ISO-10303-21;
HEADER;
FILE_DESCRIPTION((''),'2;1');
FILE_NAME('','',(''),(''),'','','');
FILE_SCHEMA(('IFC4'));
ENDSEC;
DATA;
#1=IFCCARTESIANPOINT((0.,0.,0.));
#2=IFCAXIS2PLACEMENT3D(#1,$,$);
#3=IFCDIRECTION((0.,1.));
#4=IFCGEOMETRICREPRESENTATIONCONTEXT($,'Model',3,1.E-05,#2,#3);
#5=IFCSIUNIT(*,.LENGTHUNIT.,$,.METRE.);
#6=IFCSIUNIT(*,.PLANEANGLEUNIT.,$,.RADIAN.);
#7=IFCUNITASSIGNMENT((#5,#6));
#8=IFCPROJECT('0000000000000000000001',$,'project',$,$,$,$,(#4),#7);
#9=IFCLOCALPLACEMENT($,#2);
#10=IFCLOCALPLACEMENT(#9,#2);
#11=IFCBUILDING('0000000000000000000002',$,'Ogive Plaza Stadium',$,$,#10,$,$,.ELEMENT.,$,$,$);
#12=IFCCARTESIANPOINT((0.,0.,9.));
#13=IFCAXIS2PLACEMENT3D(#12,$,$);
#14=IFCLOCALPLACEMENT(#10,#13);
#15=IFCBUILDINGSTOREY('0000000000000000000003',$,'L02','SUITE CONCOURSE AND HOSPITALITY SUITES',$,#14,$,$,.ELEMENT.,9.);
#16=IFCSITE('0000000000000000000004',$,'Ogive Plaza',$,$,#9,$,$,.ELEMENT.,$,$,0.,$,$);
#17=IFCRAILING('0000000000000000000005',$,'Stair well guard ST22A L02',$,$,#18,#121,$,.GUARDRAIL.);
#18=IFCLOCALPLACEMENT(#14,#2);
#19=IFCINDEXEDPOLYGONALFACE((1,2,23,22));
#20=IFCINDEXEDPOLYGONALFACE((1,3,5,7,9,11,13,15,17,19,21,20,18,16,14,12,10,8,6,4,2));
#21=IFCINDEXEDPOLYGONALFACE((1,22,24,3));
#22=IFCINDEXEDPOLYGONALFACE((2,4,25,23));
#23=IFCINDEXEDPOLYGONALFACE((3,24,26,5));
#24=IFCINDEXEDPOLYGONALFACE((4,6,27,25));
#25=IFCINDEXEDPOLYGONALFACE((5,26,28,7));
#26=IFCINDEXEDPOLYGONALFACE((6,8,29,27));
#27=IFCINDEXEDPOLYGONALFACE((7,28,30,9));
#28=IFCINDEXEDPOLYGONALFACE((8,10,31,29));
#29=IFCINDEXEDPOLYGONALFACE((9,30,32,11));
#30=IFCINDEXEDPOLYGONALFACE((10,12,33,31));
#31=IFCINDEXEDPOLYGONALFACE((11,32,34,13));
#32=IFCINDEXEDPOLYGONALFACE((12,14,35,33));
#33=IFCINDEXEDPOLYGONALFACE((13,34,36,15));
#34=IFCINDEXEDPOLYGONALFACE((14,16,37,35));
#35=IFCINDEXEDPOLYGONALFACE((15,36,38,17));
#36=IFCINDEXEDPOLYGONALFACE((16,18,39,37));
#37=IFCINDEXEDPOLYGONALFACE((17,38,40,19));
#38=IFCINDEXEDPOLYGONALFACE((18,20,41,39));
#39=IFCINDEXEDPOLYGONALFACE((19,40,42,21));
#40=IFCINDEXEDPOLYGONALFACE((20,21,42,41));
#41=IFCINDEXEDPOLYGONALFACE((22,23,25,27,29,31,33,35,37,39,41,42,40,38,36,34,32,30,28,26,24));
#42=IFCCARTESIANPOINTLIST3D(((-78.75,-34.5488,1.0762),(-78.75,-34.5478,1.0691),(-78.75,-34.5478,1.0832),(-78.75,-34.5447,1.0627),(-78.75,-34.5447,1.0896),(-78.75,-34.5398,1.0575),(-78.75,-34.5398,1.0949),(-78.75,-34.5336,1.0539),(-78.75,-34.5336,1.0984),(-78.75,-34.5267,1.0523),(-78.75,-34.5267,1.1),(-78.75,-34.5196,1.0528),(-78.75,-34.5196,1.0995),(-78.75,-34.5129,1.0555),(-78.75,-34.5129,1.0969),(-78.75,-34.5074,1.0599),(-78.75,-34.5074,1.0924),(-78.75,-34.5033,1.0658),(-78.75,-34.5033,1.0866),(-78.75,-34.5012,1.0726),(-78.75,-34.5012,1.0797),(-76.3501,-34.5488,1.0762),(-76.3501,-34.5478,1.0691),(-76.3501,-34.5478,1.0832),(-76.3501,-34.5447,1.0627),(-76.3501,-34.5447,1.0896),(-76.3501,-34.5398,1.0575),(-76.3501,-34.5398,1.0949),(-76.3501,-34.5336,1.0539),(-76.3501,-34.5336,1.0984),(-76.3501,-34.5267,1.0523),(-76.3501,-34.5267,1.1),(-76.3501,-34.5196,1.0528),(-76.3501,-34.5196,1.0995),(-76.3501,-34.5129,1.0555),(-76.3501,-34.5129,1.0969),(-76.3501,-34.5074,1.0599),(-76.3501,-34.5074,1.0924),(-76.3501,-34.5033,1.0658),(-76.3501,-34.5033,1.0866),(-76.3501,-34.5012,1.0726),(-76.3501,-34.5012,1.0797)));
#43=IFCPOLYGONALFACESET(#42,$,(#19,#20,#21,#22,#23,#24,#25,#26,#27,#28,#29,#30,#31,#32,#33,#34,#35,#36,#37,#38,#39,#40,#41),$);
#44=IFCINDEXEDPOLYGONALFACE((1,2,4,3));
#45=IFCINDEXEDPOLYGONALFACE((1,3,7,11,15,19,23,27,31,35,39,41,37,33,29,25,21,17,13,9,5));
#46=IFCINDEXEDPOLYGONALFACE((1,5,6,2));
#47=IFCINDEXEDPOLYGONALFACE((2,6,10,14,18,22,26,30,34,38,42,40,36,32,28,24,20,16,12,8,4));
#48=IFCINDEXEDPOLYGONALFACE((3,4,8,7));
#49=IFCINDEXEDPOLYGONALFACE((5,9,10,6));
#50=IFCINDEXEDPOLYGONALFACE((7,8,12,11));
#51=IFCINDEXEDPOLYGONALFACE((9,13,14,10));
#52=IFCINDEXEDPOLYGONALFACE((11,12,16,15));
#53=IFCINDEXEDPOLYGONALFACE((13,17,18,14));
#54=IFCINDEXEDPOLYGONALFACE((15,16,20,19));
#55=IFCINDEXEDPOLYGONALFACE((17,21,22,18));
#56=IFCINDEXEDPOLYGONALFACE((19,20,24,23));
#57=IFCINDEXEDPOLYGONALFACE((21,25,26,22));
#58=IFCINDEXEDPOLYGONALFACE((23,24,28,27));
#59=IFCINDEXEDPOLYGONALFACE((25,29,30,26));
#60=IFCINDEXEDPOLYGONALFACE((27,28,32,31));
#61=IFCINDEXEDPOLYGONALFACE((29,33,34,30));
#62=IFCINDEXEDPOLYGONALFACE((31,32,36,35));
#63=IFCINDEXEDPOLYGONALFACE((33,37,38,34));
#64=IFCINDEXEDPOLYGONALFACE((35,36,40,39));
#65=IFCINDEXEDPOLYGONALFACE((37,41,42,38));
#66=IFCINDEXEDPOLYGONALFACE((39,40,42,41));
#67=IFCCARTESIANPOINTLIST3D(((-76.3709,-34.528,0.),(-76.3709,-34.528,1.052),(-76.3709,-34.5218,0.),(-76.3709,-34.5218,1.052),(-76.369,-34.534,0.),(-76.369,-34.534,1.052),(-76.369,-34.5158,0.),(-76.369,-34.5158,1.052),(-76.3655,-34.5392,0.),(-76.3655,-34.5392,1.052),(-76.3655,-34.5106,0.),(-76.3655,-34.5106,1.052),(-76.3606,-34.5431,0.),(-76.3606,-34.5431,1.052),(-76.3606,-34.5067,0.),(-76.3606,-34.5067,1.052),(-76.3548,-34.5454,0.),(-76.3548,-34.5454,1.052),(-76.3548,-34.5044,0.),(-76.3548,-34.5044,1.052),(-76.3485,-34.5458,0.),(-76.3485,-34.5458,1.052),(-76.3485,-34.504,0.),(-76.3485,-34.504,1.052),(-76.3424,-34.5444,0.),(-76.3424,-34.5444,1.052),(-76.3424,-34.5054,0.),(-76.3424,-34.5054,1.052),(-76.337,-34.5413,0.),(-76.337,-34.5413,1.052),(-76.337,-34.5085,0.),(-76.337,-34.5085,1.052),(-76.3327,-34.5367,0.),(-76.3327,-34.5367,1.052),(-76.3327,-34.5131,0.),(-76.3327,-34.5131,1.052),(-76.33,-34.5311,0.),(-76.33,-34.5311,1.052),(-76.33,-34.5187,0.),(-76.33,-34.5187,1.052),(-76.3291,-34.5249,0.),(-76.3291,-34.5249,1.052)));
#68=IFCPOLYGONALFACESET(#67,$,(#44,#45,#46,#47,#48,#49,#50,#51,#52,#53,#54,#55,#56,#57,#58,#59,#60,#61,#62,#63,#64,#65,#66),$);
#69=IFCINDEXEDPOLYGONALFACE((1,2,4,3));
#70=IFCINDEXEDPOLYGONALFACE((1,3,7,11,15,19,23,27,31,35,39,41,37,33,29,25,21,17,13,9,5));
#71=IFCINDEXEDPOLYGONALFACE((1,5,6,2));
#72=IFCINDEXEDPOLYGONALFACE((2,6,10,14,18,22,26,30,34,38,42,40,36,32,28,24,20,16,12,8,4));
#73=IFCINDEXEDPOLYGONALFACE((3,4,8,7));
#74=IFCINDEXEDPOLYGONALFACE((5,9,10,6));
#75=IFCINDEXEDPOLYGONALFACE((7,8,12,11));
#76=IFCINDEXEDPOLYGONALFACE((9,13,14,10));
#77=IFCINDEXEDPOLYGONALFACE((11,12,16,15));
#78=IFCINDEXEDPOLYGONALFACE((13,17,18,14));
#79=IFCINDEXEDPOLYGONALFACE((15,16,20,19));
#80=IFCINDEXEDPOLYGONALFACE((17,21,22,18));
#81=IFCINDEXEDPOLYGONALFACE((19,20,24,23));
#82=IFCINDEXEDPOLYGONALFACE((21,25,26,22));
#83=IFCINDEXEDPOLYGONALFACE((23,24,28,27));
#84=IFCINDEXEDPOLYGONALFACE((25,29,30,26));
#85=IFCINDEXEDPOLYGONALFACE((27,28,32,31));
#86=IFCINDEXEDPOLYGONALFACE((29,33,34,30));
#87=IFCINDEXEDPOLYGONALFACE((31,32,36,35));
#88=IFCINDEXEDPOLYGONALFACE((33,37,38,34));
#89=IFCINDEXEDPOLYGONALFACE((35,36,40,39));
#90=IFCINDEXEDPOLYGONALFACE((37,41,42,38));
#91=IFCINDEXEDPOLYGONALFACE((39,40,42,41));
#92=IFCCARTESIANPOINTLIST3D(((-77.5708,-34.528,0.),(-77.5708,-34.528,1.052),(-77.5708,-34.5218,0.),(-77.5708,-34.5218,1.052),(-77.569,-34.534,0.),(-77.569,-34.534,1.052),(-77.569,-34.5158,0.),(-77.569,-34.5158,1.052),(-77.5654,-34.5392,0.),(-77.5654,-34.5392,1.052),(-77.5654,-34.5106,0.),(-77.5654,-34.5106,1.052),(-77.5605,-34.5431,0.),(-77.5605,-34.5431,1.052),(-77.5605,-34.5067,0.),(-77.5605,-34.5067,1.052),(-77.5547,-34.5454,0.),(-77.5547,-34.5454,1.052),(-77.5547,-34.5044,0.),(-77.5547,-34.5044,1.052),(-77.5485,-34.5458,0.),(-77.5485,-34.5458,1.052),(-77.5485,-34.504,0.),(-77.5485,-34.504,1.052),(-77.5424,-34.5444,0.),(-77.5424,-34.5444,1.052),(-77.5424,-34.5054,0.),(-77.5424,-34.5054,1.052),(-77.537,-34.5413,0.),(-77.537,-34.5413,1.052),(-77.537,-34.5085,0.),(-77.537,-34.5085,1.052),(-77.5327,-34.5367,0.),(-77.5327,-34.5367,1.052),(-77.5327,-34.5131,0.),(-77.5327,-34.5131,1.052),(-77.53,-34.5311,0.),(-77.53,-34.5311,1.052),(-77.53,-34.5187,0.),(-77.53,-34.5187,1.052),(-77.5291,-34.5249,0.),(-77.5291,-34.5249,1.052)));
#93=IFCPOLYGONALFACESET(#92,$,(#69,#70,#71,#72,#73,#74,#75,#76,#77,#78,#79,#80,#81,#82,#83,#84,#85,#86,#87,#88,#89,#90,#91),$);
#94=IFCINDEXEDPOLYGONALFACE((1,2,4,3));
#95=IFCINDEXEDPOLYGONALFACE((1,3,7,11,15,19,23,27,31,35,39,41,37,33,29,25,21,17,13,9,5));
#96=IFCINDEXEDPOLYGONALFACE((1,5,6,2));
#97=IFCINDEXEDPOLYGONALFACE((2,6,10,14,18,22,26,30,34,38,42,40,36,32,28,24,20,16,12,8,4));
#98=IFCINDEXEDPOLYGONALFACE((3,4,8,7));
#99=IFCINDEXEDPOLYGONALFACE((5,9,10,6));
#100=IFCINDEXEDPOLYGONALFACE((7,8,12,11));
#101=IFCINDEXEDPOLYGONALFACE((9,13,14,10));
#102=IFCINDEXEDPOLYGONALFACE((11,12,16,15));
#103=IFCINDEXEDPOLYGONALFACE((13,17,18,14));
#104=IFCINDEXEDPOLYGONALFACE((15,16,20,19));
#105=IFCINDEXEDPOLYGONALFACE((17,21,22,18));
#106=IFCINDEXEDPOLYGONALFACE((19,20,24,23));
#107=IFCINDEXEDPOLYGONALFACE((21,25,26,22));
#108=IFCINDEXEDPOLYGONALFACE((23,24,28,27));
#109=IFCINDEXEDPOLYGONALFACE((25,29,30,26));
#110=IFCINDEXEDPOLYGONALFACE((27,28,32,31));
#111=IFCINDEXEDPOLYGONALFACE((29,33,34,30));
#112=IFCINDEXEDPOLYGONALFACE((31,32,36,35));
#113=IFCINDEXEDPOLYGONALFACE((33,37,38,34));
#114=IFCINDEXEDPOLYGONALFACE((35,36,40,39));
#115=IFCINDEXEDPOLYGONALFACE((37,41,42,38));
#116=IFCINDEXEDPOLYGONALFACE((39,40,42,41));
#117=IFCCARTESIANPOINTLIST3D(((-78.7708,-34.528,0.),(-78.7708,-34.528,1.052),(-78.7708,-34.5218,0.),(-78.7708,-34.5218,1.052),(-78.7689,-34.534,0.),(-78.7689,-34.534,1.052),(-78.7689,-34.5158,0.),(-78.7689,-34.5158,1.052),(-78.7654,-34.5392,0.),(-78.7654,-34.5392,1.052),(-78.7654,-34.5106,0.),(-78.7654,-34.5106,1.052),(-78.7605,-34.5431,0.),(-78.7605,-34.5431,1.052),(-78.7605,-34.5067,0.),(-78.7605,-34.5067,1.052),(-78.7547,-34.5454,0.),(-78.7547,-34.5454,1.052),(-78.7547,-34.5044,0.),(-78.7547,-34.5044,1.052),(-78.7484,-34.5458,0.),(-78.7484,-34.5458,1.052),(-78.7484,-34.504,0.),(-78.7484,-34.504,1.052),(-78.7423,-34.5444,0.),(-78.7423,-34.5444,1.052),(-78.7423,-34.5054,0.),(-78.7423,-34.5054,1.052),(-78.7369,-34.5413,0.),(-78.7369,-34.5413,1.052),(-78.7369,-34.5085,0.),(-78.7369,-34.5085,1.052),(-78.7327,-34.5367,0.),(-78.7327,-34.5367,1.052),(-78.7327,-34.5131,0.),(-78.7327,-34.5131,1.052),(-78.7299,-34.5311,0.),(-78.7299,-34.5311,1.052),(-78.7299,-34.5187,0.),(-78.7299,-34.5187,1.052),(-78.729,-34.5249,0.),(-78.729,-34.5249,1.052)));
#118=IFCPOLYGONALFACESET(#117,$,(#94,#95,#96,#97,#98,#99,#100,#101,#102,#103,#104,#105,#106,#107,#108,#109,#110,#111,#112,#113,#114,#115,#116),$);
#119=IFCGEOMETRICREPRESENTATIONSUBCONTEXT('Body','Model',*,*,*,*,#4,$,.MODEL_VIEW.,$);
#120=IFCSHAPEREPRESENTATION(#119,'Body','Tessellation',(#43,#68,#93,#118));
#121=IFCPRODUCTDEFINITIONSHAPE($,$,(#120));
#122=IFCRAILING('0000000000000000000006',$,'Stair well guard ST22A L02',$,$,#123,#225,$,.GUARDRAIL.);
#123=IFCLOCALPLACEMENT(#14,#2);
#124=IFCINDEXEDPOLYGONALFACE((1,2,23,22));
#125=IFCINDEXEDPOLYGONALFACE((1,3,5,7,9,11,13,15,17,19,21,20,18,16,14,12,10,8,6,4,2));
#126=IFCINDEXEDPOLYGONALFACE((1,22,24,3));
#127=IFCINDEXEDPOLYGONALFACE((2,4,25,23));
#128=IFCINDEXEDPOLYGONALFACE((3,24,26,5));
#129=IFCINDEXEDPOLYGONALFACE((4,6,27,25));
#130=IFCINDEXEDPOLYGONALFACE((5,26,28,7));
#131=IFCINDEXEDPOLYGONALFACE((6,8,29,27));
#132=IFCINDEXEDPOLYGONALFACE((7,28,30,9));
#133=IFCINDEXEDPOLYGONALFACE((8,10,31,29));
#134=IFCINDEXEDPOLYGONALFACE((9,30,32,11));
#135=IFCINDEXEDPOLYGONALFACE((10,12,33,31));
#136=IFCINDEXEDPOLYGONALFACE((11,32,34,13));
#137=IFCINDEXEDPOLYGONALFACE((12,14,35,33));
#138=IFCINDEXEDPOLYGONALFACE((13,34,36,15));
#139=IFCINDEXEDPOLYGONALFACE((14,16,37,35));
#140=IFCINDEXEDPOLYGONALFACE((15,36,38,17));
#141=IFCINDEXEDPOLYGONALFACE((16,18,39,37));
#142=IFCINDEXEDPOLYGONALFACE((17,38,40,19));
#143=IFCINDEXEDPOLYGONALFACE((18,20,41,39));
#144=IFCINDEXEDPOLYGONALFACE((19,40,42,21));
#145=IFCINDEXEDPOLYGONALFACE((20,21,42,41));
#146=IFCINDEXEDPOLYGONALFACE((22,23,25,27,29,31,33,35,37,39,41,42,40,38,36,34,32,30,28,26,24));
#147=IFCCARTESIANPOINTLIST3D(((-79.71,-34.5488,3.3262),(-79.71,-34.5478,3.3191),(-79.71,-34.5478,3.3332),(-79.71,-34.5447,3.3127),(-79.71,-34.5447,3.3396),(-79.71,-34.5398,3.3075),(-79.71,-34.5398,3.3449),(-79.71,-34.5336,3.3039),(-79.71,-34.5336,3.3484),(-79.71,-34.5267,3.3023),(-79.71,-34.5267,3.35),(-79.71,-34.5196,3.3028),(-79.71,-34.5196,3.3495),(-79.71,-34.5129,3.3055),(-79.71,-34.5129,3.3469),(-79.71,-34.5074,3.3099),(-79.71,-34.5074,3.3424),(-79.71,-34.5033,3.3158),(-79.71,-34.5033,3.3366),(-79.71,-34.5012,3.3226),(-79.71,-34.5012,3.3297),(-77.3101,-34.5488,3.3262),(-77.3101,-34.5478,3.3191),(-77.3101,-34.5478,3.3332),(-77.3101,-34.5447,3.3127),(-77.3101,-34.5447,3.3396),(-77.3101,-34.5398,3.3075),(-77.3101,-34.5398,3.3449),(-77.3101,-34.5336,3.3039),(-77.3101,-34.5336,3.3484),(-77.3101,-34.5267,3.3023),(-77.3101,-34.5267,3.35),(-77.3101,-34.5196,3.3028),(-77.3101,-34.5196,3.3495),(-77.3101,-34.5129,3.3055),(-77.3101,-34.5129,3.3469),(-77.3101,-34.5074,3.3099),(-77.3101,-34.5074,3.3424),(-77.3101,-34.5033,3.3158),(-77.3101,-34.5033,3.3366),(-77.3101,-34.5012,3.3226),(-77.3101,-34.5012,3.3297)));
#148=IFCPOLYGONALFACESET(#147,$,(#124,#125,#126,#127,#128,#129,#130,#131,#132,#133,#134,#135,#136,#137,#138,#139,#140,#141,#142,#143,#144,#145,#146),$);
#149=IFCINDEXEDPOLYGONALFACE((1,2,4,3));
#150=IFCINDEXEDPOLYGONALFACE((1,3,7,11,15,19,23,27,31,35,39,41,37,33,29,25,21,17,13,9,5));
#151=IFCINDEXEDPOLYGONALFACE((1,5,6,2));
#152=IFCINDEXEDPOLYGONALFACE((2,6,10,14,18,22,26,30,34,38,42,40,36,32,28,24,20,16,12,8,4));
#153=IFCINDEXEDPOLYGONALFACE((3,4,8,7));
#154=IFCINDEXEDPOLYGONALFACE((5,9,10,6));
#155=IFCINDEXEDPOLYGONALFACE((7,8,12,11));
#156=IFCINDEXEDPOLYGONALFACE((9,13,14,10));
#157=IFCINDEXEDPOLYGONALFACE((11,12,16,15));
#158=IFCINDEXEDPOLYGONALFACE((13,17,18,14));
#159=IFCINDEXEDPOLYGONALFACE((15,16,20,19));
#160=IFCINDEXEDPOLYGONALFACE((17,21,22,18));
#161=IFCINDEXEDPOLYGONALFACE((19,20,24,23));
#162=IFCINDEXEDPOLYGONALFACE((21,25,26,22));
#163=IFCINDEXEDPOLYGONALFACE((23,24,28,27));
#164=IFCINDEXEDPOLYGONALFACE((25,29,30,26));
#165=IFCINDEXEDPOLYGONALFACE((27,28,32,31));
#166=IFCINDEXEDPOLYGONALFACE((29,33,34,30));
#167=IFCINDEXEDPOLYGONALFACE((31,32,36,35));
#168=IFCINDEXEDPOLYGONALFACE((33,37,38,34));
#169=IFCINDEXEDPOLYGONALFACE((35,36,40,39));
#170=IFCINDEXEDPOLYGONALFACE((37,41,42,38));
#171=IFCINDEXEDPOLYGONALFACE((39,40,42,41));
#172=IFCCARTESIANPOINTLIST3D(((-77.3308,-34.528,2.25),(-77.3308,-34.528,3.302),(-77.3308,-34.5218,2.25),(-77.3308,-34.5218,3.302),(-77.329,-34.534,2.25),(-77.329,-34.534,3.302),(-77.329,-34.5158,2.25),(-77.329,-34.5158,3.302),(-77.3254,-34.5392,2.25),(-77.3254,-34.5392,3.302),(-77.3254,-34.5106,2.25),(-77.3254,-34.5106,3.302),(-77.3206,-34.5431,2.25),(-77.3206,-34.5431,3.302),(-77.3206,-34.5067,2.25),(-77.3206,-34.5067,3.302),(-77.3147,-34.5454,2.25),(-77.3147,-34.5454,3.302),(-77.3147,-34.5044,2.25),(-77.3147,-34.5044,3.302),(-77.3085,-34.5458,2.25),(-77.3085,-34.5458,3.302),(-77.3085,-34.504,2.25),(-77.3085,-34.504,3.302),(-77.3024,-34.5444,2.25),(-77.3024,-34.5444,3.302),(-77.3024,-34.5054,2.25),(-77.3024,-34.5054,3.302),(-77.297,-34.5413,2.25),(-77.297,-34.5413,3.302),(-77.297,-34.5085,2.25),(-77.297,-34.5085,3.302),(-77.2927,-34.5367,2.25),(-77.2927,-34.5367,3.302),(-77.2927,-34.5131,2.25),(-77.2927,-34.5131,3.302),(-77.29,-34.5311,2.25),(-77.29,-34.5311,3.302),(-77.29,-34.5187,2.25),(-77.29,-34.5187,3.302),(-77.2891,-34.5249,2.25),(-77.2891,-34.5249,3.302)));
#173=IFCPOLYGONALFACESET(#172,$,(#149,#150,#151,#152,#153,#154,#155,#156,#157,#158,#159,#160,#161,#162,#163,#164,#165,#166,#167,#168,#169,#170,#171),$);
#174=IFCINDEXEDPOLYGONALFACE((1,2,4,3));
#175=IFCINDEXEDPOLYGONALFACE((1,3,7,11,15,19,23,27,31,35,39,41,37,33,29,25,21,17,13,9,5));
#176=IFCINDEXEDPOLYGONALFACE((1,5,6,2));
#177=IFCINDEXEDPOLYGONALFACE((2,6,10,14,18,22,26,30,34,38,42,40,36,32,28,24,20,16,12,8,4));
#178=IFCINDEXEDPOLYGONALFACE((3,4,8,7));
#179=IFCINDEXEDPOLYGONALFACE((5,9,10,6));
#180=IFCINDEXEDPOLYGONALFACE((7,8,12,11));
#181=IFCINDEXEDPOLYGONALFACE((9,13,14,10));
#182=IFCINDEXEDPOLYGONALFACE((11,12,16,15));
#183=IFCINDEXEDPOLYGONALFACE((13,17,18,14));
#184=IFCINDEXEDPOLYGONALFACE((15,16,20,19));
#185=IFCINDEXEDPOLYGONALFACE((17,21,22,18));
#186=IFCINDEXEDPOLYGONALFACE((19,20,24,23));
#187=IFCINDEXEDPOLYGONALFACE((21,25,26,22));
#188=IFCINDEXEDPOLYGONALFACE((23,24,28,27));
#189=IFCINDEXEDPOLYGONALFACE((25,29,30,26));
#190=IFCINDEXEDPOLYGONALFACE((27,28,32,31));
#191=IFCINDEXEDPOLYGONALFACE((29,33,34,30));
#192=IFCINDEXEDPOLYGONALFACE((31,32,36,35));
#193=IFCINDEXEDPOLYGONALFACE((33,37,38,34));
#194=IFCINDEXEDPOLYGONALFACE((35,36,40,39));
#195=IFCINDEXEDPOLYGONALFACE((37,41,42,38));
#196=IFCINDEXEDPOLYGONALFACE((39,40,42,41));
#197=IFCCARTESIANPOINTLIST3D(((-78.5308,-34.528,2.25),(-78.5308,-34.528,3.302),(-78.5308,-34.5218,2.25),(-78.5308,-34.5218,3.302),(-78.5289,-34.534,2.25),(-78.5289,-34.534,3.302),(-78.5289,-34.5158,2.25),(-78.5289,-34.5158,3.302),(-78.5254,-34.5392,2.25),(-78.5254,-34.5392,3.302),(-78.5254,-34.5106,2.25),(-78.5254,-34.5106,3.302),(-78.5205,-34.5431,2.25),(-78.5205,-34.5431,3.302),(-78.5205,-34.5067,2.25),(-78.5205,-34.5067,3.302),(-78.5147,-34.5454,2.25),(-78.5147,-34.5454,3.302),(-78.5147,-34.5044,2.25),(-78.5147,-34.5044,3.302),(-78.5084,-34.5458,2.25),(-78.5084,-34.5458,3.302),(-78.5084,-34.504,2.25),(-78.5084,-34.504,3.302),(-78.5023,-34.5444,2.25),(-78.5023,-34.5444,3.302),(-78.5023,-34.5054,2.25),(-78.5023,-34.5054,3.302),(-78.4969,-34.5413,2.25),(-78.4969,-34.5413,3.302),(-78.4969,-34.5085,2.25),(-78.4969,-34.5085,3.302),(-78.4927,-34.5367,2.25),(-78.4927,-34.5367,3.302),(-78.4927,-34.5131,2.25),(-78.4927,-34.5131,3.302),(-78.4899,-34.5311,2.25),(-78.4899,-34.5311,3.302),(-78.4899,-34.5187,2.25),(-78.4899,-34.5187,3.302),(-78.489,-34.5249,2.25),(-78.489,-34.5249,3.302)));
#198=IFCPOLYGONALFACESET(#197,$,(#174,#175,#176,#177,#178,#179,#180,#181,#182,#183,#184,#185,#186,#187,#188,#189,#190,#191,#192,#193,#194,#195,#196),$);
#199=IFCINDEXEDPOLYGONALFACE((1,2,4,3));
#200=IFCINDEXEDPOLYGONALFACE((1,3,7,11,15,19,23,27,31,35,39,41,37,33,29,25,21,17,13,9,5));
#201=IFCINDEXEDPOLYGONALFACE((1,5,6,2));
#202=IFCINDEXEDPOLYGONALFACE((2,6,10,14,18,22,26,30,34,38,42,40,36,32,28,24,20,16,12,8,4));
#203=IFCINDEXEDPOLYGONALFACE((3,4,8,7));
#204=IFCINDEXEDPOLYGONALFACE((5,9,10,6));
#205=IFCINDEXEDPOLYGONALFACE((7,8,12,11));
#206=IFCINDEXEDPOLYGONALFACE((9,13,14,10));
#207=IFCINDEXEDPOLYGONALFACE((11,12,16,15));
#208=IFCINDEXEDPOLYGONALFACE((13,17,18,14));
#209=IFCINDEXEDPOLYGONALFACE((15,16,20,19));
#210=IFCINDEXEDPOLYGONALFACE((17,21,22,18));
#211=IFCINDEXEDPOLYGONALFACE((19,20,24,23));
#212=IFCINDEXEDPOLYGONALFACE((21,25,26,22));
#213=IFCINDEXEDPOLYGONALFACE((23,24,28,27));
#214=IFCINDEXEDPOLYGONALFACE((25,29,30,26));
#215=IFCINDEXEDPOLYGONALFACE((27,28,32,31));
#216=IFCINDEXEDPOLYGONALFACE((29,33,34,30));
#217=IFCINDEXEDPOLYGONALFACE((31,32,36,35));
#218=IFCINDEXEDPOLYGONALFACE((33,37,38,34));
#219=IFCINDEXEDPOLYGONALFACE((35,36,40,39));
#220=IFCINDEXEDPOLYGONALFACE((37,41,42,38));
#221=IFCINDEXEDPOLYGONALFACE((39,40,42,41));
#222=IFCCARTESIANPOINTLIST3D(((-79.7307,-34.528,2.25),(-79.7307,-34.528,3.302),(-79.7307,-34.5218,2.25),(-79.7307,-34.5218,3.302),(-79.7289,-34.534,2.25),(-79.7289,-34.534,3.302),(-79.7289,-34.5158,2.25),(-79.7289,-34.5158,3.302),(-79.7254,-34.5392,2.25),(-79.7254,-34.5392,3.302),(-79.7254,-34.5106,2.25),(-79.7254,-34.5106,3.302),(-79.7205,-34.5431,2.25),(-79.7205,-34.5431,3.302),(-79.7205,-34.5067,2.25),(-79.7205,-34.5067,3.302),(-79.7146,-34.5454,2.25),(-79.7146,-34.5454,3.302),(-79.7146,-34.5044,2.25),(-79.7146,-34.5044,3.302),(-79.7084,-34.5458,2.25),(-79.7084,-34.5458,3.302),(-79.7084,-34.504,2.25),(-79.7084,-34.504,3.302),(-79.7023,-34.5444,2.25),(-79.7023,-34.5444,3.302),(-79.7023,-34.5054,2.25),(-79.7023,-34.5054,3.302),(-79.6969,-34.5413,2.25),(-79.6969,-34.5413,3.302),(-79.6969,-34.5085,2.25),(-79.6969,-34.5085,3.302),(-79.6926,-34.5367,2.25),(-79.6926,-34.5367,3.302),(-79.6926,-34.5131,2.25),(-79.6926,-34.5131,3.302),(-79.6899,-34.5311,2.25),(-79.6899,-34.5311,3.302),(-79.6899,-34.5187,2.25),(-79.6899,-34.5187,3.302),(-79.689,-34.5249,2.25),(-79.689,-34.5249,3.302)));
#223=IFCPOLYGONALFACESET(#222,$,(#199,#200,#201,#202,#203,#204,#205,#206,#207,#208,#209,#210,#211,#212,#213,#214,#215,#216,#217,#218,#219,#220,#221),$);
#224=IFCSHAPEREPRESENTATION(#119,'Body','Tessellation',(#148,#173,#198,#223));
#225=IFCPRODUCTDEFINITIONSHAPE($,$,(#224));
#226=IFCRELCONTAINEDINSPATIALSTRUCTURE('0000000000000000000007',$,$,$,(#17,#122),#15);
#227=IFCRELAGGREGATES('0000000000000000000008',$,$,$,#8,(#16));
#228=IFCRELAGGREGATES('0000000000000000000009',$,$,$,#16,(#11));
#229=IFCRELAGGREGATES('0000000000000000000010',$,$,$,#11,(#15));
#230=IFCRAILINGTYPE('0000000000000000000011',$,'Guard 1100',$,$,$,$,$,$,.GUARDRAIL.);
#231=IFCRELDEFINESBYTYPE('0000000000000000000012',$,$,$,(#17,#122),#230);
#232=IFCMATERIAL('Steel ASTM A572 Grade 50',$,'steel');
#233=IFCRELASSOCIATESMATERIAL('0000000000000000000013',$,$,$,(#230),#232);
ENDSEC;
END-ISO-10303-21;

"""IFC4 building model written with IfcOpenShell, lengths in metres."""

from ifc_helpers import new_model, si_unit, direction, frame, origin, origin_2d, place, context, subcontext, project, spatial, circle, extrude, material, type_object, element, save


model = new_model("IFC4")

# Units and contexts
model_context = context("Model", 3, precision=1e-05, world=origin(), true_north=direction((0.0, 1.0)))
body_context = subcontext(model_context, "Body", "Model", "MODEL_VIEW")
ifc_project = project(units=[si_unit("LENGTHUNIT", "METRE"), si_unit("PLANEANGLEUNIT", "RADIAN")], contexts=[model_context])

# Site, building, storey
site_placement = place(None, origin())
site = spatial("IfcSite", under=ifc_project, at=site_placement, Name="Ogive Plaza", CompositionType="ELEMENT", RefElevation=0.0)
building_placement = place(site_placement, origin())
building = spatial("IfcBuilding", under=site, at=building_placement, Name="Ogive Plaza Stadium", CompositionType="ELEMENT")
storey_placement = place(building_placement, frame((0.0, 0.0, 9.0)))
storey = spatial("IfcBuildingStorey", under=building, at=storey_placement, Name="L02", Description="SUITE CONCOURSE AND HOSPITALITY SUITES", CompositionType="ELEMENT", Elevation=9.0)

# Railings
ifc_material_1 = material(Name="Steel ASTM A572 Grade 50", Category="steel")
railing_type_1 = type_object("IfcRailingType", Name="Guard 1100", PredefinedType="GUARDRAIL", material=ifc_material_1)
for number, where, name in (
    (1, (-76.3501, -34.5249, 0.0), "Stair well guard ST22A L02"),
    (2, (-77.3101, -34.5249, 2.25), "Stair well guard ST22A L02"),
):
    element("IfcRailing", number, at=place(storey_placement, frame(where)), inside=storey, type_object=railing_type_1, Name=name, PredefinedType="GUARDRAIL", context=body_context, shape_type="SweptSolid", body=[
        extrude(circle(Radius=0.0239, at=origin_2d()), frame((0.0, 0.0, 1.0762), z_axis=(-1.0, 0.0, 0.0), x_axis=(0.0, -1.0, 0.0)), (0.0, 0.0, 1.0), 2.3999),
        extrude(circle(Radius=0.021, at=origin_2d()), origin(), (0.0, 0.0, 1.0), 1.052),
        extrude(circle(Radius=0.021, at=origin_2d()), frame((-1.2, 0.0, 0.0)), (0.0, 0.0, 1.0), 1.052),
        extrude(circle(Radius=0.021, at=origin_2d()), frame((-2.3999, 0.0, 0.0)), (0.0, 0.0, 1.0), 1.052),
    ])

save(model, "model.ifc")
